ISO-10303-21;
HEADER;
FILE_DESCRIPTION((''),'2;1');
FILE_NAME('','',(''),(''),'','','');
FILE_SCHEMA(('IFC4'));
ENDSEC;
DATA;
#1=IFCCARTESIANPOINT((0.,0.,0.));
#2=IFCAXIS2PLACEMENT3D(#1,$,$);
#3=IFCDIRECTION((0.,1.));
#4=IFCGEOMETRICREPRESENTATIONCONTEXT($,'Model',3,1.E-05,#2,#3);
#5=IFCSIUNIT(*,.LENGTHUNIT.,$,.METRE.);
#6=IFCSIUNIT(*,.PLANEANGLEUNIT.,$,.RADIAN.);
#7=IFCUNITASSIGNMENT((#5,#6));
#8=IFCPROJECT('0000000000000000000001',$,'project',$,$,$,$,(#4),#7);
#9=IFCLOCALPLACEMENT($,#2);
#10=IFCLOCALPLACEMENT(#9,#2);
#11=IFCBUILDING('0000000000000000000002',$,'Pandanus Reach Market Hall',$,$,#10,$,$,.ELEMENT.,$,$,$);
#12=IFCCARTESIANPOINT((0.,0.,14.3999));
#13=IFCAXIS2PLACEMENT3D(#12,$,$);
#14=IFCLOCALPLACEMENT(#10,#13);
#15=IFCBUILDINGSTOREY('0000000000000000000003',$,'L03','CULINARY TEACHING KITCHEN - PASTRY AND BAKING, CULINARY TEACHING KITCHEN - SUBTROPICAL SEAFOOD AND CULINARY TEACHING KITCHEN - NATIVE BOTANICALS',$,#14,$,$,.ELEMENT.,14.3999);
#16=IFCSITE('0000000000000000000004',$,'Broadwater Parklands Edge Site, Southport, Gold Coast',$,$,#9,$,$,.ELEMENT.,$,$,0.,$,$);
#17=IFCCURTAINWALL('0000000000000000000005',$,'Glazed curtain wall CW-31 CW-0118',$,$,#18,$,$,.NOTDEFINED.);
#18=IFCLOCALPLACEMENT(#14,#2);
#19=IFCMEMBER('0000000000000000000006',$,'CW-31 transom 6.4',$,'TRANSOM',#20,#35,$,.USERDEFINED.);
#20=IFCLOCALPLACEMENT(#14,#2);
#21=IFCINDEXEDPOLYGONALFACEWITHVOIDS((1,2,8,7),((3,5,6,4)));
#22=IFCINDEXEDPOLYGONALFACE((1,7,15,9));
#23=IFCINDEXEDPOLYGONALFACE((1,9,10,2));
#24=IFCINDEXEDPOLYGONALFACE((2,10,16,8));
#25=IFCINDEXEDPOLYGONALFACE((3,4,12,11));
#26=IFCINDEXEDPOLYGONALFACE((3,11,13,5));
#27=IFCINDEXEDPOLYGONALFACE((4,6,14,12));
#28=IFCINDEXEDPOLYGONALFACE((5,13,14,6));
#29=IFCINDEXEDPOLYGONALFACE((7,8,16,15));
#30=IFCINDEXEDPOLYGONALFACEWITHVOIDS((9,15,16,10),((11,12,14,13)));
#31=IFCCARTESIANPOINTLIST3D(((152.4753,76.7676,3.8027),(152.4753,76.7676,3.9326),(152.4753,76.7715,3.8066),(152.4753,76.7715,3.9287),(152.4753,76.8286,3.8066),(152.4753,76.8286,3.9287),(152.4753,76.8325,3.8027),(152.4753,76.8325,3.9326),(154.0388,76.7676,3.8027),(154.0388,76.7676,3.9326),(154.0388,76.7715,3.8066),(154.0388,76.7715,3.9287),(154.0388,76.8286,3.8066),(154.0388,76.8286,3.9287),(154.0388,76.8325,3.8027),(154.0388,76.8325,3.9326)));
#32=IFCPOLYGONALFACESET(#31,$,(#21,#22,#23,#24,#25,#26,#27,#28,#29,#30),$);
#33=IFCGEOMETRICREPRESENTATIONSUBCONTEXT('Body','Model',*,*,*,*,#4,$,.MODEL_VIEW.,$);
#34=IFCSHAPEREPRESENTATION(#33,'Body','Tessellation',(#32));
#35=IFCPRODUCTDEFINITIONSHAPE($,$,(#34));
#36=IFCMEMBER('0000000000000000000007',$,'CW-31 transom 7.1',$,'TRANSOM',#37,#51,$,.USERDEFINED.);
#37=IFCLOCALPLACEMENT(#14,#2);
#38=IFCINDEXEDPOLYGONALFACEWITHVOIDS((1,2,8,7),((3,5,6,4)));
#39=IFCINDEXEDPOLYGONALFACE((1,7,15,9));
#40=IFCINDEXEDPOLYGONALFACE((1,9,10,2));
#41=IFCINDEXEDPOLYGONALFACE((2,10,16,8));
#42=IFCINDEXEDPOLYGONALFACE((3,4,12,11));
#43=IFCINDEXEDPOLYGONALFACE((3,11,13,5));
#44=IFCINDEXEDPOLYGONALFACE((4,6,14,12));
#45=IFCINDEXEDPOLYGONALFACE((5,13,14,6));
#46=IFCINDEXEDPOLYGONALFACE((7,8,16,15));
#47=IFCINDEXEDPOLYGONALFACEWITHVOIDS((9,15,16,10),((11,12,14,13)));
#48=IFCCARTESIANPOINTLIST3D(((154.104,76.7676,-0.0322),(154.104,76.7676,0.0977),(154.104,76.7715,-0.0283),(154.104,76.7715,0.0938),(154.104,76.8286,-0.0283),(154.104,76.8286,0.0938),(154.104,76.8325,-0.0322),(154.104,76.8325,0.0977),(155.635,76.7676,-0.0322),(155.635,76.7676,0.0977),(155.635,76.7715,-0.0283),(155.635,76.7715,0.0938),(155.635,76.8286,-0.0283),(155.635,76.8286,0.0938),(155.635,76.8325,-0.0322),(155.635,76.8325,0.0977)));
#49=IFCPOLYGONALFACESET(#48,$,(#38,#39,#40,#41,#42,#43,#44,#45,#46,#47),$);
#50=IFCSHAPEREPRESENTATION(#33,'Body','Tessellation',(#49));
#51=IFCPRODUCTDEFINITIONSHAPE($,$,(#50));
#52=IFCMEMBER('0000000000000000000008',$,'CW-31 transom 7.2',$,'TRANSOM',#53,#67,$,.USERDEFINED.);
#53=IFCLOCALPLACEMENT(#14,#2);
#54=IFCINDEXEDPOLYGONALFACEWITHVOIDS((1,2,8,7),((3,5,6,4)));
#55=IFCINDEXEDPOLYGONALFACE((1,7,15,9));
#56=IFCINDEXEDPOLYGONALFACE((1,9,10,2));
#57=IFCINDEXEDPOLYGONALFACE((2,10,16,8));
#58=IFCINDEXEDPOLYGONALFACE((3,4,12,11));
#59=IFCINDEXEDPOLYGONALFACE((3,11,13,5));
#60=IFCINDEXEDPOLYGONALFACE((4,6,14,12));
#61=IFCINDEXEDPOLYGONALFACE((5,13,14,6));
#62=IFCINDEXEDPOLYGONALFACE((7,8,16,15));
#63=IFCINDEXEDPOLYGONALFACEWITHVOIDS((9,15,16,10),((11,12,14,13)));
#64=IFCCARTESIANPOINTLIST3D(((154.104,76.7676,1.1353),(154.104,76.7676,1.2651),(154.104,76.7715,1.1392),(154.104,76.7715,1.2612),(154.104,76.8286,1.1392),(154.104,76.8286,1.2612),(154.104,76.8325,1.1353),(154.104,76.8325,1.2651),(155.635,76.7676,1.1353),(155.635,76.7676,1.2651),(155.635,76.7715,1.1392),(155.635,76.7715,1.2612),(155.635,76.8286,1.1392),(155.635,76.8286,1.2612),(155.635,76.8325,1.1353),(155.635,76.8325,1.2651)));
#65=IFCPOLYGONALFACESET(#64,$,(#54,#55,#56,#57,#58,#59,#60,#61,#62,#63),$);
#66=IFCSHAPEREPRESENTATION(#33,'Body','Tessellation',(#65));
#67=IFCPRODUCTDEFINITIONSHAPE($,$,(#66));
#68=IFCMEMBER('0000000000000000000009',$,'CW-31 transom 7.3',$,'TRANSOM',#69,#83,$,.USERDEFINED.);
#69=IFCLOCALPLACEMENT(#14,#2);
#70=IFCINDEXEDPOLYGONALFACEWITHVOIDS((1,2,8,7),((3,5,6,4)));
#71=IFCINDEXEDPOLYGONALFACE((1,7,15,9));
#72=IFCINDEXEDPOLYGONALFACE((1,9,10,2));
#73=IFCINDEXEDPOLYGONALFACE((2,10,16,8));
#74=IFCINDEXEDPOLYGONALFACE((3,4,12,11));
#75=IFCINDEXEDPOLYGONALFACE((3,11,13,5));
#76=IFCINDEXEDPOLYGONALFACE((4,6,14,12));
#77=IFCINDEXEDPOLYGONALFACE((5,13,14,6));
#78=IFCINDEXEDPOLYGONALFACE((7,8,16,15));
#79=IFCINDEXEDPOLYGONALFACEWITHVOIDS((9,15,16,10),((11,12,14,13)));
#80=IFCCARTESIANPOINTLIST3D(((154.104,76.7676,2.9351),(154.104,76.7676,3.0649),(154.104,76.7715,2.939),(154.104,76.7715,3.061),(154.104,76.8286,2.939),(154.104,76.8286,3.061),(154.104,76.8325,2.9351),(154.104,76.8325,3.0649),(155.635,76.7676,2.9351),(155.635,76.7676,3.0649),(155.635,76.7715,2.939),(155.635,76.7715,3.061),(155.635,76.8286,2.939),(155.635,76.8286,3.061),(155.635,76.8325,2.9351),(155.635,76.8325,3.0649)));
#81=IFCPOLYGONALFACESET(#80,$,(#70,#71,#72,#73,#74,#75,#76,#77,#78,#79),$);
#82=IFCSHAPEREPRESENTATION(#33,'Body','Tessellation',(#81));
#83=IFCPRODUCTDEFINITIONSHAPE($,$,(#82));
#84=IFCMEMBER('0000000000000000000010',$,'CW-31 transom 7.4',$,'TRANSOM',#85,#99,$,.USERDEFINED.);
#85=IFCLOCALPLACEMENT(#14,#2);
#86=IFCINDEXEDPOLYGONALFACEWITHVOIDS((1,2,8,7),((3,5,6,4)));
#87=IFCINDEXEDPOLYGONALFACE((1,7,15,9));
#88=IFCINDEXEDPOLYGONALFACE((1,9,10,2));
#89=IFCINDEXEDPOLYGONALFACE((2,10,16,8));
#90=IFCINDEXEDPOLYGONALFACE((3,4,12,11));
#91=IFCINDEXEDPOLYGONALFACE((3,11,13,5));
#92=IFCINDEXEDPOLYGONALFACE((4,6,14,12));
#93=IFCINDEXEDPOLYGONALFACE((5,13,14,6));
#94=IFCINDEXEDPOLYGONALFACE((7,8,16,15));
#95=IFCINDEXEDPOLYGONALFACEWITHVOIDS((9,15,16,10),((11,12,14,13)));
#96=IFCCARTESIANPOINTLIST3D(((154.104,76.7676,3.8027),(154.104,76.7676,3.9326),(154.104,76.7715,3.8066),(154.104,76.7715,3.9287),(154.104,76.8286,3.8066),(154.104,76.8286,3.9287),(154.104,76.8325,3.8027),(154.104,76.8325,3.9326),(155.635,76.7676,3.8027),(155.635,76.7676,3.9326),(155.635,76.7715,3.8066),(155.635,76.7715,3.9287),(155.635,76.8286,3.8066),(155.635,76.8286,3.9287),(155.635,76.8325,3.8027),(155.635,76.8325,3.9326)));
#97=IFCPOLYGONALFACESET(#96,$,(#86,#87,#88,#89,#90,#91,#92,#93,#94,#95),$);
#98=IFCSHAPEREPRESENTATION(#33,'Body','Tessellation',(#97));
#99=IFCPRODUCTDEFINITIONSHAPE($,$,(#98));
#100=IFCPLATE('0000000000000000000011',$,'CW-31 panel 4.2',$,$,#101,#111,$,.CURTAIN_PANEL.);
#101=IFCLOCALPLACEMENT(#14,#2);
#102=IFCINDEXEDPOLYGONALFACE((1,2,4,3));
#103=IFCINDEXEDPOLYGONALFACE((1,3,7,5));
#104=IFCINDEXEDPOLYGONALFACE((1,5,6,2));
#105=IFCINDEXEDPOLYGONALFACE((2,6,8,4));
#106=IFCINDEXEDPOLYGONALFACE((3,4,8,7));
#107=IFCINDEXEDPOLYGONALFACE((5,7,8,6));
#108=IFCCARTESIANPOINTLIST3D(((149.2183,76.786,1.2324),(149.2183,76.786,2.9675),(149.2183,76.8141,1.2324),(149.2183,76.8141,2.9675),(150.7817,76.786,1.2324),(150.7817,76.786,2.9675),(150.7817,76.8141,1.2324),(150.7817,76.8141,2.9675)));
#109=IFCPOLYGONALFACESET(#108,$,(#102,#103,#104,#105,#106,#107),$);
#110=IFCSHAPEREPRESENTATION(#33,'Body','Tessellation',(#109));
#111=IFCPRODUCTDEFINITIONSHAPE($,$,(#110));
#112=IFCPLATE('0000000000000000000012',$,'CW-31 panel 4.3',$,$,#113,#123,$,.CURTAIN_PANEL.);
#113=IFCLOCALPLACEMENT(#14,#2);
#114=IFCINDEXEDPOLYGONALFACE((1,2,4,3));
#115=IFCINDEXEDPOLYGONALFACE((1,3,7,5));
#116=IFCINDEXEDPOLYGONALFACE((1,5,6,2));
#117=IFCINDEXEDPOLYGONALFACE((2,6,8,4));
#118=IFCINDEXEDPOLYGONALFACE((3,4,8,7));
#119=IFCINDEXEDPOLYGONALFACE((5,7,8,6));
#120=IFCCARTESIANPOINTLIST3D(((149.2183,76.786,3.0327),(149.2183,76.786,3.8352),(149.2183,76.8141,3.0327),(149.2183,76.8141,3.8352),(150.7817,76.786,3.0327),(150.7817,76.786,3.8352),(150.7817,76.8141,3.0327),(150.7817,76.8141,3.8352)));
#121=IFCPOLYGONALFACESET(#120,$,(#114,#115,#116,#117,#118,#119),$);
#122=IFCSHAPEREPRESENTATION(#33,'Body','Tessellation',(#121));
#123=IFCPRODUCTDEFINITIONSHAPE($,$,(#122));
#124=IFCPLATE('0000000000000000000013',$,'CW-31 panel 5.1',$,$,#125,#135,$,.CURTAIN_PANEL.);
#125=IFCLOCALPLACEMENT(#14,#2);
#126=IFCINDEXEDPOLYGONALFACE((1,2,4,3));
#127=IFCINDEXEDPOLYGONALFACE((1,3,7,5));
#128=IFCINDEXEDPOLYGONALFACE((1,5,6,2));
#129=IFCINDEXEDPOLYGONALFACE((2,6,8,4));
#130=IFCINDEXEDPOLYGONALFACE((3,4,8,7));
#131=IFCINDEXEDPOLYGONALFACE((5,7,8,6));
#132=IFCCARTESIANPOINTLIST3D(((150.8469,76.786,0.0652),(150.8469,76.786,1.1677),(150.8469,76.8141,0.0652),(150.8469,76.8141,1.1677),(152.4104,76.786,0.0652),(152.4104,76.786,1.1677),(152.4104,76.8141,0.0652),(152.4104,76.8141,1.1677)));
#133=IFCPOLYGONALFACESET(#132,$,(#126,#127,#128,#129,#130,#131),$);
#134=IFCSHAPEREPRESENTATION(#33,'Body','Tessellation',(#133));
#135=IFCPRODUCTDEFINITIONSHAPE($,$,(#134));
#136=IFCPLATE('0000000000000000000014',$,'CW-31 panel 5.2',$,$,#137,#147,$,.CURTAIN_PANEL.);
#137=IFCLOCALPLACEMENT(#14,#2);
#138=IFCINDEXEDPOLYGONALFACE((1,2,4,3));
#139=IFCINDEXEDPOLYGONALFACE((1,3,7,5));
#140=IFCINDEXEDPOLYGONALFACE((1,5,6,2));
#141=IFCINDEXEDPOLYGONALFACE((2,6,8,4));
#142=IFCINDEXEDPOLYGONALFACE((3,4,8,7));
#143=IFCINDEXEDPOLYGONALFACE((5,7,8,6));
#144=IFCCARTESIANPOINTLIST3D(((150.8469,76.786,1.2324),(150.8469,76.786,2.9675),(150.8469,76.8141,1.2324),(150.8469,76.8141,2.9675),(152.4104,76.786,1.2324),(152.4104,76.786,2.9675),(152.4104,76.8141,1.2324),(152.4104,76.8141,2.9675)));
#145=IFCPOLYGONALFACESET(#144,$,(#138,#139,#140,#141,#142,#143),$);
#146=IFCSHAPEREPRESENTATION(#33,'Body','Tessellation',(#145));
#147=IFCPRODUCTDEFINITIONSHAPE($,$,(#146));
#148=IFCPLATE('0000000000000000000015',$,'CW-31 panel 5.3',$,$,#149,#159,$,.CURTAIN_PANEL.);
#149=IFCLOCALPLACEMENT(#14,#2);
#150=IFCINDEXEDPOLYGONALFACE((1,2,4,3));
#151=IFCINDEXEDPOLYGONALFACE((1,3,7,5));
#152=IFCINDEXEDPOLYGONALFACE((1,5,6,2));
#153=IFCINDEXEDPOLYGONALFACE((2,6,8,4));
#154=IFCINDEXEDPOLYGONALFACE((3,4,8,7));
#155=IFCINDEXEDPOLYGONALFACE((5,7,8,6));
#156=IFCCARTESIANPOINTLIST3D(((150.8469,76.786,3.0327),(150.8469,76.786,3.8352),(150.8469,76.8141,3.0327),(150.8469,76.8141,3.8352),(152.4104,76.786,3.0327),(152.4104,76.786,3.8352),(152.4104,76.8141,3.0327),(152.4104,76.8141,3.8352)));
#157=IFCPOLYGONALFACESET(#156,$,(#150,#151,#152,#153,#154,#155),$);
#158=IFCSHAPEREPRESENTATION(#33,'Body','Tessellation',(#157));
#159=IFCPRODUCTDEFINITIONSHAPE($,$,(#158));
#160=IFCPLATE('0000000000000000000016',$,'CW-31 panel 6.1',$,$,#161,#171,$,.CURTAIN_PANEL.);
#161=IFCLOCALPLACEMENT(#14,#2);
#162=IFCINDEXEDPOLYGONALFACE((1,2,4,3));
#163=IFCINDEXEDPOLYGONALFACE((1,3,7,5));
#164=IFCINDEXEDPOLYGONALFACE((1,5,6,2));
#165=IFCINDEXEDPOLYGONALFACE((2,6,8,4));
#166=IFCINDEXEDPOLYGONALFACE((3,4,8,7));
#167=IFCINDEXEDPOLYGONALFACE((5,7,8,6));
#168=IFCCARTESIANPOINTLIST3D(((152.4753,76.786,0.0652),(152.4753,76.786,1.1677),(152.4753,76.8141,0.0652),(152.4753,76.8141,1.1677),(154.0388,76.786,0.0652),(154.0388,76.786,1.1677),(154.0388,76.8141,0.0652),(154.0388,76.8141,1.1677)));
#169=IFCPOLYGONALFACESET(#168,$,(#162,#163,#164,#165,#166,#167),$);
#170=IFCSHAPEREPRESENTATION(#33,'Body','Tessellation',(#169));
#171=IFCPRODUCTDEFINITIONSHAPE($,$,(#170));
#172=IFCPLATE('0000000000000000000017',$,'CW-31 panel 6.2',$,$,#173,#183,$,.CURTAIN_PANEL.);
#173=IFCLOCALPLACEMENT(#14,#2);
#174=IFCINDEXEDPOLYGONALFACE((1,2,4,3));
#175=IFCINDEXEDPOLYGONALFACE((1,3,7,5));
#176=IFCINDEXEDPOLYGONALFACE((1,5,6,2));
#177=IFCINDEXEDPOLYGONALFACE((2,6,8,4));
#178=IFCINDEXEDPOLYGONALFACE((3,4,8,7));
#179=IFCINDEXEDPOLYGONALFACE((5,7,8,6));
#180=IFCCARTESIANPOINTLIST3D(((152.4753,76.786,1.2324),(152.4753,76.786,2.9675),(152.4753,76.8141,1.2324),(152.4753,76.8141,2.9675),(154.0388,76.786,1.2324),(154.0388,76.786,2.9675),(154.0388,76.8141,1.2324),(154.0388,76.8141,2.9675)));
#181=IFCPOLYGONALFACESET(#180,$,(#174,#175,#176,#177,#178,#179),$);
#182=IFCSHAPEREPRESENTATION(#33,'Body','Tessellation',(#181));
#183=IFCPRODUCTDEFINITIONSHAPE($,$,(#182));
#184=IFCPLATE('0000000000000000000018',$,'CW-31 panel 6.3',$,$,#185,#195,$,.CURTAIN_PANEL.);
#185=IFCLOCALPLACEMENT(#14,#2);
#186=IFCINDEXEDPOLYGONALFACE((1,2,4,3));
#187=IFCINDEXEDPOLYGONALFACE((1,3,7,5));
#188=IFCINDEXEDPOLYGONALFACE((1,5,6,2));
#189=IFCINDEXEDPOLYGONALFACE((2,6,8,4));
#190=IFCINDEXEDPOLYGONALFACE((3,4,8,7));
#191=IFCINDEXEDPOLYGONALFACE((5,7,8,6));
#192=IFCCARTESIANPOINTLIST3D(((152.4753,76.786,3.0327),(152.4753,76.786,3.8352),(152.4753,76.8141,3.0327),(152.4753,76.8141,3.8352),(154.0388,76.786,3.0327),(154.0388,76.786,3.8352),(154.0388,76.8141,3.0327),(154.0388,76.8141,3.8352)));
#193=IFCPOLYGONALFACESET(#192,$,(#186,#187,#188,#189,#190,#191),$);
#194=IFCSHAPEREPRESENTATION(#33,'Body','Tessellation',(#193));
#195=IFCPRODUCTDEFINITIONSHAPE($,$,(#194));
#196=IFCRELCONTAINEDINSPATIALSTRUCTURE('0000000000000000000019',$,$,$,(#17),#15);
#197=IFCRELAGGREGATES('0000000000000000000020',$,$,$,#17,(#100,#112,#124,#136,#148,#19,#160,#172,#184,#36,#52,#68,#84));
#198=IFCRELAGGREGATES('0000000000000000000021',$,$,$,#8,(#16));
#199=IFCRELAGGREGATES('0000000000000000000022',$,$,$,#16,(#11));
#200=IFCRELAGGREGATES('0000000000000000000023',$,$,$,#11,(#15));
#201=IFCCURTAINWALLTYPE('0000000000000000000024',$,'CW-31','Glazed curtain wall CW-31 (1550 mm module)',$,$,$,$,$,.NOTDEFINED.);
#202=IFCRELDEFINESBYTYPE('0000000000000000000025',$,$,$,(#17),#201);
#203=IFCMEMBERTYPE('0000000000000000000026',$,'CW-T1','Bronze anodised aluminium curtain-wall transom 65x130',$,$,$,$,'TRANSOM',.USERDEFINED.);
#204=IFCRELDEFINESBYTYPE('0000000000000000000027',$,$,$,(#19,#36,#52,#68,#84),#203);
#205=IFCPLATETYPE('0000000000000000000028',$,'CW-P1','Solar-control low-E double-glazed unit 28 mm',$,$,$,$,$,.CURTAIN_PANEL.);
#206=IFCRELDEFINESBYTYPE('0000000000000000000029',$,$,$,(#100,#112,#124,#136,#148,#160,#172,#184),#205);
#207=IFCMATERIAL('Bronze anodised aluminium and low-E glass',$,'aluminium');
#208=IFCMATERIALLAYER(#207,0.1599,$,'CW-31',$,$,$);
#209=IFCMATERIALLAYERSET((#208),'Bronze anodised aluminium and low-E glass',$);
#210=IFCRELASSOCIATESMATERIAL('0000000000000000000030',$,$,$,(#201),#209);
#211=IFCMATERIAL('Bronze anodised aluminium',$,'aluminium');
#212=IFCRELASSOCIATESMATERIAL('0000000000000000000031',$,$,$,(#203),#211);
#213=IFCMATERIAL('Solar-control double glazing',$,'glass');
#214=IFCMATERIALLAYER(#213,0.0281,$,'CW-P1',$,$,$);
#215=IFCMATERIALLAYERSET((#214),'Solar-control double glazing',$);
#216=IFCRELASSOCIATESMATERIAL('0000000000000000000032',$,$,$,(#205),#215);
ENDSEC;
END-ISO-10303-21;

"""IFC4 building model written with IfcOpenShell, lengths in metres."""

from ifc_helpers import new_model, si_unit, direction, frame, origin, origin_2d, place, context, subcontext, project, spatial, rectangle, hollow_rectangle, extrude, material, layer, layer_set, material_profile, profile_set, type_object, element, aggregate, save


model = new_model("IFC4")

# Units and contexts
model_context = context("Model", 3, precision=1e-05, world=origin(), true_north=direction((0.0, 1.0)))
body_context = subcontext(model_context, "Body", "Model", "MODEL_VIEW")
ifc_project = project(units=[si_unit("LENGTHUNIT", "METRE"), si_unit("PLANEANGLEUNIT", "RADIAN")], contexts=[model_context])

# Site, building, storey
site_placement = place(None, origin())
site = spatial("IfcSite", under=ifc_project, at=site_placement, Name="Broadwater Parklands Edge Site, Southport, Gold Coast", CompositionType="ELEMENT", RefElevation=0.0)
building_placement = place(site_placement, origin())
building = spatial("IfcBuilding", under=site, at=building_placement, Name="Pandanus Reach Market Hall", CompositionType="ELEMENT")
storey_placement = place(building_placement, frame((0.0, 0.0, 14.3999)))
storey = spatial("IfcBuildingStorey", under=building, at=storey_placement, Name="L03", Description="CULINARY TEACHING KITCHEN - PASTRY AND BAKING, CULINARY TEACHING KITCHEN - SUBTROPICAL SEAFOOD AND CULINARY TEACHING KITCHEN - NATIVE BOTANICALS", CompositionType="ELEMENT", Elevation=14.3999)

# Curtain wall, members, plates
ifc_material_1 = material(Name="Bronze anodised aluminium and low-E glass", Category="aluminium")
ifc_layer_1 = layer(ifc_material_1, 0.1599, Name="CW-31")
ifc_layer_set_1 = layer_set([ifc_layer_1], Name="Bronze anodised aluminium and low-E glass")
curtain_wall_type = type_object("IfcCurtainWallType", Name="CW-31", Description="Glazed curtain wall CW-31 (1550 mm module)", PredefinedType="NOTDEFINED", material=ifc_layer_set_1)
curtain_wall_placement = place(storey_placement, origin())
curtain_wall = element("IfcCurtainWall", 1, at=curtain_wall_placement, inside=storey, type_object=curtain_wall_type, Name="Glazed curtain wall CW-31 CW-0118", PredefinedType="NOTDEFINED")
ifc_material_2 = material(Name="Bronze anodised aluminium", Category="aluminium")
ifc_material_profile_1 = material_profile(ifc_material_2, hollow_rectangle(XDim=0.0649, YDim=0.1299, WallThickness=0.0039, at=origin_2d()), Name="ALU65x130", Category="LoadBearing")
ifc_profile_set_1 = profile_set([ifc_material_profile_1], Name="Bronze anodised aluminium")
member_type_1 = type_object("IfcMemberType", Name="CW-T1", Description="Bronze anodised aluminium curtain-wall transom 65x130", ElementType="TRANSOM", PredefinedType="USERDEFINED", material=ifc_profile_set_1)
member_1_placement = place(storey_placement, frame((152.4753, 76.8, 3.8677), z_axis=(1.0, 0.0, 0.0), x_axis=(0.0, 1.0, 0.0)))
member_1 = element("IfcMember", 2, at=member_1_placement, type_object=member_type_1, Name="CW-31 transom 6.4", ObjectType="TRANSOM", PredefinedType="USERDEFINED", context=body_context, shape_type="SweptSolid", body=[
    extrude(hollow_rectangle(XDim=0.0649, YDim=0.1299, WallThickness=0.0039, at=origin_2d()), origin(), (0.0, 0.0, 1.0), 1.5635),
])
member_2_placement = place(storey_placement, frame((154.104, 76.8, 0.0327), z_axis=(1.0, 0.0, 0.0), x_axis=(0.0, 1.0, 0.0)))
member_2 = element("IfcMember", 3, at=member_2_placement, type_object=member_type_1, Name="CW-31 transom 7.1", ObjectType="TRANSOM", PredefinedType="USERDEFINED", context=body_context, shape_type="SweptSolid", body=[
    extrude(hollow_rectangle(XDim=0.0649, YDim=0.1299, WallThickness=0.0039, at=origin_2d()), origin(), (0.0, 0.0, 1.0), 1.531),
])
member_3_placement = place(storey_placement, frame((154.104, 76.8, 1.2002), z_axis=(1.0, 0.0, 0.0), x_axis=(0.0, 1.0, 0.0)))
member_3 = element("IfcMember", 4, at=member_3_placement, type_object=member_type_1, Name="CW-31 transom 7.2", ObjectType="TRANSOM", PredefinedType="USERDEFINED", context=body_context, shape_type="SweptSolid", body=[
    extrude(hollow_rectangle(XDim=0.0649, YDim=0.1299, WallThickness=0.0039, at=origin_2d()), origin(), (0.0, 0.0, 1.0), 1.531),
])
member_4_placement = place(storey_placement, frame((154.104, 76.8, 3.0), z_axis=(1.0, 0.0, 0.0), x_axis=(0.0, 1.0, 0.0)))
member_4 = element("IfcMember", 5, at=member_4_placement, type_object=member_type_1, Name="CW-31 transom 7.3", ObjectType="TRANSOM", PredefinedType="USERDEFINED", context=body_context, shape_type="SweptSolid", body=[
    extrude(hollow_rectangle(XDim=0.0649, YDim=0.1299, WallThickness=0.0039, at=origin_2d()), origin(), (0.0, 0.0, 1.0), 1.531),
])
member_5_placement = place(storey_placement, frame((154.104, 76.8, 3.8677), z_axis=(1.0, 0.0, 0.0), x_axis=(0.0, 1.0, 0.0)))
member_5 = element("IfcMember", 6, at=member_5_placement, type_object=member_type_1, Name="CW-31 transom 7.4", ObjectType="TRANSOM", PredefinedType="USERDEFINED", context=body_context, shape_type="SweptSolid", body=[
    extrude(hollow_rectangle(XDim=0.0649, YDim=0.1299, WallThickness=0.0039, at=origin_2d()), origin(), (0.0, 0.0, 1.0), 1.531),
])
ifc_material_3 = material(Name="Solar-control double glazing", Category="glass")
ifc_layer_2 = layer(ifc_material_3, 0.0281, Name="CW-P1")
ifc_layer_set_2 = layer_set([ifc_layer_2], Name="Solar-control double glazing")
plate_type = type_object("IfcPlateType", Name="CW-P1", Description="Solar-control low-E double-glazed unit 28 mm", PredefinedType="CURTAIN_PANEL", material=ifc_layer_set_2)
plate_1_placement = place(storey_placement, frame((150.0, 76.8, 1.2324), z_axis=(0.0, 0.0, 1.0), x_axis=(1.0, 0.0, 0.0)))
plate_1 = element("IfcPlate", 7, at=plate_1_placement, type_object=plate_type, Name="CW-31 panel 4.2", PredefinedType="CURTAIN_PANEL", context=body_context, shape_type="SweptSolid", body=[
    extrude(rectangle(XDim=1.5635, YDim=0.0281, at=origin_2d()), origin(), (0.0, 0.0, 1.0), 1.7351),
])
plate_2_placement = place(storey_placement, frame((150.0, 76.8, 3.0327), z_axis=(0.0, 0.0, 1.0), x_axis=(1.0, 0.0, 0.0)))
plate_2 = element("IfcPlate", 8, at=plate_2_placement, type_object=plate_type, Name="CW-31 panel 4.3", PredefinedType="CURTAIN_PANEL", context=body_context, shape_type="SweptSolid", body=[
    extrude(rectangle(XDim=1.5635, YDim=0.0281, at=origin_2d()), origin(), (0.0, 0.0, 1.0), 0.8025),
])
plate_3_placement = place(storey_placement, frame((151.6287, 76.8, 0.0652), z_axis=(0.0, 0.0, 1.0), x_axis=(1.0, 0.0, 0.0)))
plate_3 = element("IfcPlate", 9, at=plate_3_placement, type_object=plate_type, Name="CW-31 panel 5.1", PredefinedType="CURTAIN_PANEL", context=body_context, shape_type="SweptSolid", body=[
    extrude(rectangle(XDim=1.5635, YDim=0.0281, at=origin_2d()), origin(), (0.0, 0.0, 1.0), 1.1025),
])
plate_4_placement = place(storey_placement, frame((151.6287, 76.8, 1.2324), z_axis=(0.0, 0.0, 1.0), x_axis=(1.0, 0.0, 0.0)))
plate_4 = element("IfcPlate", 10, at=plate_4_placement, type_object=plate_type, Name="CW-31 panel 5.2", PredefinedType="CURTAIN_PANEL", context=body_context, shape_type="SweptSolid", body=[
    extrude(rectangle(XDim=1.5635, YDim=0.0281, at=origin_2d()), origin(), (0.0, 0.0, 1.0), 1.7351),
])
plate_5_placement = place(storey_placement, frame((151.6287, 76.8, 3.0327), z_axis=(0.0, 0.0, 1.0), x_axis=(1.0, 0.0, 0.0)))
plate_5 = element("IfcPlate", 11, at=plate_5_placement, type_object=plate_type, Name="CW-31 panel 5.3", PredefinedType="CURTAIN_PANEL", context=body_context, shape_type="SweptSolid", body=[
    extrude(rectangle(XDim=1.5635, YDim=0.0281, at=origin_2d()), origin(), (0.0, 0.0, 1.0), 0.8025),
])
plate_6_placement = place(storey_placement, frame((153.2571, 76.8, 0.0652), z_axis=(0.0, 0.0, 1.0), x_axis=(1.0, 0.0, 0.0)))
plate_6 = element("IfcPlate", 12, at=plate_6_placement, type_object=plate_type, Name="CW-31 panel 6.1", PredefinedType="CURTAIN_PANEL", context=body_context, shape_type="SweptSolid", body=[
    extrude(rectangle(XDim=1.5635, YDim=0.0281, at=origin_2d()), origin(), (0.0, 0.0, 1.0), 1.1025),
])
plate_7_placement = place(storey_placement, frame((153.2571, 76.8, 1.2324), z_axis=(0.0, 0.0, 1.0), x_axis=(1.0, 0.0, 0.0)))
plate_7 = element("IfcPlate", 13, at=plate_7_placement, type_object=plate_type, Name="CW-31 panel 6.2", PredefinedType="CURTAIN_PANEL", context=body_context, shape_type="SweptSolid", body=[
    extrude(rectangle(XDim=1.5635, YDim=0.0281, at=origin_2d()), origin(), (0.0, 0.0, 1.0), 1.7351),
])
plate_8_placement = place(storey_placement, frame((153.2571, 76.8, 3.0327), z_axis=(0.0, 0.0, 1.0), x_axis=(1.0, 0.0, 0.0)))
plate_8 = element("IfcPlate", 14, at=plate_8_placement, type_object=plate_type, Name="CW-31 panel 6.3", PredefinedType="CURTAIN_PANEL", context=body_context, shape_type="SweptSolid", body=[
    extrude(rectangle(XDim=1.5635, YDim=0.0281, at=origin_2d()), origin(), (0.0, 0.0, 1.0), 0.8025),
])
aggregate(curtain_wall, [plate_1, plate_2, plate_3, plate_4, plate_5, member_1, plate_6, plate_7, plate_8, member_2, member_3, member_4, member_5])

save(model, "model.ifc")
